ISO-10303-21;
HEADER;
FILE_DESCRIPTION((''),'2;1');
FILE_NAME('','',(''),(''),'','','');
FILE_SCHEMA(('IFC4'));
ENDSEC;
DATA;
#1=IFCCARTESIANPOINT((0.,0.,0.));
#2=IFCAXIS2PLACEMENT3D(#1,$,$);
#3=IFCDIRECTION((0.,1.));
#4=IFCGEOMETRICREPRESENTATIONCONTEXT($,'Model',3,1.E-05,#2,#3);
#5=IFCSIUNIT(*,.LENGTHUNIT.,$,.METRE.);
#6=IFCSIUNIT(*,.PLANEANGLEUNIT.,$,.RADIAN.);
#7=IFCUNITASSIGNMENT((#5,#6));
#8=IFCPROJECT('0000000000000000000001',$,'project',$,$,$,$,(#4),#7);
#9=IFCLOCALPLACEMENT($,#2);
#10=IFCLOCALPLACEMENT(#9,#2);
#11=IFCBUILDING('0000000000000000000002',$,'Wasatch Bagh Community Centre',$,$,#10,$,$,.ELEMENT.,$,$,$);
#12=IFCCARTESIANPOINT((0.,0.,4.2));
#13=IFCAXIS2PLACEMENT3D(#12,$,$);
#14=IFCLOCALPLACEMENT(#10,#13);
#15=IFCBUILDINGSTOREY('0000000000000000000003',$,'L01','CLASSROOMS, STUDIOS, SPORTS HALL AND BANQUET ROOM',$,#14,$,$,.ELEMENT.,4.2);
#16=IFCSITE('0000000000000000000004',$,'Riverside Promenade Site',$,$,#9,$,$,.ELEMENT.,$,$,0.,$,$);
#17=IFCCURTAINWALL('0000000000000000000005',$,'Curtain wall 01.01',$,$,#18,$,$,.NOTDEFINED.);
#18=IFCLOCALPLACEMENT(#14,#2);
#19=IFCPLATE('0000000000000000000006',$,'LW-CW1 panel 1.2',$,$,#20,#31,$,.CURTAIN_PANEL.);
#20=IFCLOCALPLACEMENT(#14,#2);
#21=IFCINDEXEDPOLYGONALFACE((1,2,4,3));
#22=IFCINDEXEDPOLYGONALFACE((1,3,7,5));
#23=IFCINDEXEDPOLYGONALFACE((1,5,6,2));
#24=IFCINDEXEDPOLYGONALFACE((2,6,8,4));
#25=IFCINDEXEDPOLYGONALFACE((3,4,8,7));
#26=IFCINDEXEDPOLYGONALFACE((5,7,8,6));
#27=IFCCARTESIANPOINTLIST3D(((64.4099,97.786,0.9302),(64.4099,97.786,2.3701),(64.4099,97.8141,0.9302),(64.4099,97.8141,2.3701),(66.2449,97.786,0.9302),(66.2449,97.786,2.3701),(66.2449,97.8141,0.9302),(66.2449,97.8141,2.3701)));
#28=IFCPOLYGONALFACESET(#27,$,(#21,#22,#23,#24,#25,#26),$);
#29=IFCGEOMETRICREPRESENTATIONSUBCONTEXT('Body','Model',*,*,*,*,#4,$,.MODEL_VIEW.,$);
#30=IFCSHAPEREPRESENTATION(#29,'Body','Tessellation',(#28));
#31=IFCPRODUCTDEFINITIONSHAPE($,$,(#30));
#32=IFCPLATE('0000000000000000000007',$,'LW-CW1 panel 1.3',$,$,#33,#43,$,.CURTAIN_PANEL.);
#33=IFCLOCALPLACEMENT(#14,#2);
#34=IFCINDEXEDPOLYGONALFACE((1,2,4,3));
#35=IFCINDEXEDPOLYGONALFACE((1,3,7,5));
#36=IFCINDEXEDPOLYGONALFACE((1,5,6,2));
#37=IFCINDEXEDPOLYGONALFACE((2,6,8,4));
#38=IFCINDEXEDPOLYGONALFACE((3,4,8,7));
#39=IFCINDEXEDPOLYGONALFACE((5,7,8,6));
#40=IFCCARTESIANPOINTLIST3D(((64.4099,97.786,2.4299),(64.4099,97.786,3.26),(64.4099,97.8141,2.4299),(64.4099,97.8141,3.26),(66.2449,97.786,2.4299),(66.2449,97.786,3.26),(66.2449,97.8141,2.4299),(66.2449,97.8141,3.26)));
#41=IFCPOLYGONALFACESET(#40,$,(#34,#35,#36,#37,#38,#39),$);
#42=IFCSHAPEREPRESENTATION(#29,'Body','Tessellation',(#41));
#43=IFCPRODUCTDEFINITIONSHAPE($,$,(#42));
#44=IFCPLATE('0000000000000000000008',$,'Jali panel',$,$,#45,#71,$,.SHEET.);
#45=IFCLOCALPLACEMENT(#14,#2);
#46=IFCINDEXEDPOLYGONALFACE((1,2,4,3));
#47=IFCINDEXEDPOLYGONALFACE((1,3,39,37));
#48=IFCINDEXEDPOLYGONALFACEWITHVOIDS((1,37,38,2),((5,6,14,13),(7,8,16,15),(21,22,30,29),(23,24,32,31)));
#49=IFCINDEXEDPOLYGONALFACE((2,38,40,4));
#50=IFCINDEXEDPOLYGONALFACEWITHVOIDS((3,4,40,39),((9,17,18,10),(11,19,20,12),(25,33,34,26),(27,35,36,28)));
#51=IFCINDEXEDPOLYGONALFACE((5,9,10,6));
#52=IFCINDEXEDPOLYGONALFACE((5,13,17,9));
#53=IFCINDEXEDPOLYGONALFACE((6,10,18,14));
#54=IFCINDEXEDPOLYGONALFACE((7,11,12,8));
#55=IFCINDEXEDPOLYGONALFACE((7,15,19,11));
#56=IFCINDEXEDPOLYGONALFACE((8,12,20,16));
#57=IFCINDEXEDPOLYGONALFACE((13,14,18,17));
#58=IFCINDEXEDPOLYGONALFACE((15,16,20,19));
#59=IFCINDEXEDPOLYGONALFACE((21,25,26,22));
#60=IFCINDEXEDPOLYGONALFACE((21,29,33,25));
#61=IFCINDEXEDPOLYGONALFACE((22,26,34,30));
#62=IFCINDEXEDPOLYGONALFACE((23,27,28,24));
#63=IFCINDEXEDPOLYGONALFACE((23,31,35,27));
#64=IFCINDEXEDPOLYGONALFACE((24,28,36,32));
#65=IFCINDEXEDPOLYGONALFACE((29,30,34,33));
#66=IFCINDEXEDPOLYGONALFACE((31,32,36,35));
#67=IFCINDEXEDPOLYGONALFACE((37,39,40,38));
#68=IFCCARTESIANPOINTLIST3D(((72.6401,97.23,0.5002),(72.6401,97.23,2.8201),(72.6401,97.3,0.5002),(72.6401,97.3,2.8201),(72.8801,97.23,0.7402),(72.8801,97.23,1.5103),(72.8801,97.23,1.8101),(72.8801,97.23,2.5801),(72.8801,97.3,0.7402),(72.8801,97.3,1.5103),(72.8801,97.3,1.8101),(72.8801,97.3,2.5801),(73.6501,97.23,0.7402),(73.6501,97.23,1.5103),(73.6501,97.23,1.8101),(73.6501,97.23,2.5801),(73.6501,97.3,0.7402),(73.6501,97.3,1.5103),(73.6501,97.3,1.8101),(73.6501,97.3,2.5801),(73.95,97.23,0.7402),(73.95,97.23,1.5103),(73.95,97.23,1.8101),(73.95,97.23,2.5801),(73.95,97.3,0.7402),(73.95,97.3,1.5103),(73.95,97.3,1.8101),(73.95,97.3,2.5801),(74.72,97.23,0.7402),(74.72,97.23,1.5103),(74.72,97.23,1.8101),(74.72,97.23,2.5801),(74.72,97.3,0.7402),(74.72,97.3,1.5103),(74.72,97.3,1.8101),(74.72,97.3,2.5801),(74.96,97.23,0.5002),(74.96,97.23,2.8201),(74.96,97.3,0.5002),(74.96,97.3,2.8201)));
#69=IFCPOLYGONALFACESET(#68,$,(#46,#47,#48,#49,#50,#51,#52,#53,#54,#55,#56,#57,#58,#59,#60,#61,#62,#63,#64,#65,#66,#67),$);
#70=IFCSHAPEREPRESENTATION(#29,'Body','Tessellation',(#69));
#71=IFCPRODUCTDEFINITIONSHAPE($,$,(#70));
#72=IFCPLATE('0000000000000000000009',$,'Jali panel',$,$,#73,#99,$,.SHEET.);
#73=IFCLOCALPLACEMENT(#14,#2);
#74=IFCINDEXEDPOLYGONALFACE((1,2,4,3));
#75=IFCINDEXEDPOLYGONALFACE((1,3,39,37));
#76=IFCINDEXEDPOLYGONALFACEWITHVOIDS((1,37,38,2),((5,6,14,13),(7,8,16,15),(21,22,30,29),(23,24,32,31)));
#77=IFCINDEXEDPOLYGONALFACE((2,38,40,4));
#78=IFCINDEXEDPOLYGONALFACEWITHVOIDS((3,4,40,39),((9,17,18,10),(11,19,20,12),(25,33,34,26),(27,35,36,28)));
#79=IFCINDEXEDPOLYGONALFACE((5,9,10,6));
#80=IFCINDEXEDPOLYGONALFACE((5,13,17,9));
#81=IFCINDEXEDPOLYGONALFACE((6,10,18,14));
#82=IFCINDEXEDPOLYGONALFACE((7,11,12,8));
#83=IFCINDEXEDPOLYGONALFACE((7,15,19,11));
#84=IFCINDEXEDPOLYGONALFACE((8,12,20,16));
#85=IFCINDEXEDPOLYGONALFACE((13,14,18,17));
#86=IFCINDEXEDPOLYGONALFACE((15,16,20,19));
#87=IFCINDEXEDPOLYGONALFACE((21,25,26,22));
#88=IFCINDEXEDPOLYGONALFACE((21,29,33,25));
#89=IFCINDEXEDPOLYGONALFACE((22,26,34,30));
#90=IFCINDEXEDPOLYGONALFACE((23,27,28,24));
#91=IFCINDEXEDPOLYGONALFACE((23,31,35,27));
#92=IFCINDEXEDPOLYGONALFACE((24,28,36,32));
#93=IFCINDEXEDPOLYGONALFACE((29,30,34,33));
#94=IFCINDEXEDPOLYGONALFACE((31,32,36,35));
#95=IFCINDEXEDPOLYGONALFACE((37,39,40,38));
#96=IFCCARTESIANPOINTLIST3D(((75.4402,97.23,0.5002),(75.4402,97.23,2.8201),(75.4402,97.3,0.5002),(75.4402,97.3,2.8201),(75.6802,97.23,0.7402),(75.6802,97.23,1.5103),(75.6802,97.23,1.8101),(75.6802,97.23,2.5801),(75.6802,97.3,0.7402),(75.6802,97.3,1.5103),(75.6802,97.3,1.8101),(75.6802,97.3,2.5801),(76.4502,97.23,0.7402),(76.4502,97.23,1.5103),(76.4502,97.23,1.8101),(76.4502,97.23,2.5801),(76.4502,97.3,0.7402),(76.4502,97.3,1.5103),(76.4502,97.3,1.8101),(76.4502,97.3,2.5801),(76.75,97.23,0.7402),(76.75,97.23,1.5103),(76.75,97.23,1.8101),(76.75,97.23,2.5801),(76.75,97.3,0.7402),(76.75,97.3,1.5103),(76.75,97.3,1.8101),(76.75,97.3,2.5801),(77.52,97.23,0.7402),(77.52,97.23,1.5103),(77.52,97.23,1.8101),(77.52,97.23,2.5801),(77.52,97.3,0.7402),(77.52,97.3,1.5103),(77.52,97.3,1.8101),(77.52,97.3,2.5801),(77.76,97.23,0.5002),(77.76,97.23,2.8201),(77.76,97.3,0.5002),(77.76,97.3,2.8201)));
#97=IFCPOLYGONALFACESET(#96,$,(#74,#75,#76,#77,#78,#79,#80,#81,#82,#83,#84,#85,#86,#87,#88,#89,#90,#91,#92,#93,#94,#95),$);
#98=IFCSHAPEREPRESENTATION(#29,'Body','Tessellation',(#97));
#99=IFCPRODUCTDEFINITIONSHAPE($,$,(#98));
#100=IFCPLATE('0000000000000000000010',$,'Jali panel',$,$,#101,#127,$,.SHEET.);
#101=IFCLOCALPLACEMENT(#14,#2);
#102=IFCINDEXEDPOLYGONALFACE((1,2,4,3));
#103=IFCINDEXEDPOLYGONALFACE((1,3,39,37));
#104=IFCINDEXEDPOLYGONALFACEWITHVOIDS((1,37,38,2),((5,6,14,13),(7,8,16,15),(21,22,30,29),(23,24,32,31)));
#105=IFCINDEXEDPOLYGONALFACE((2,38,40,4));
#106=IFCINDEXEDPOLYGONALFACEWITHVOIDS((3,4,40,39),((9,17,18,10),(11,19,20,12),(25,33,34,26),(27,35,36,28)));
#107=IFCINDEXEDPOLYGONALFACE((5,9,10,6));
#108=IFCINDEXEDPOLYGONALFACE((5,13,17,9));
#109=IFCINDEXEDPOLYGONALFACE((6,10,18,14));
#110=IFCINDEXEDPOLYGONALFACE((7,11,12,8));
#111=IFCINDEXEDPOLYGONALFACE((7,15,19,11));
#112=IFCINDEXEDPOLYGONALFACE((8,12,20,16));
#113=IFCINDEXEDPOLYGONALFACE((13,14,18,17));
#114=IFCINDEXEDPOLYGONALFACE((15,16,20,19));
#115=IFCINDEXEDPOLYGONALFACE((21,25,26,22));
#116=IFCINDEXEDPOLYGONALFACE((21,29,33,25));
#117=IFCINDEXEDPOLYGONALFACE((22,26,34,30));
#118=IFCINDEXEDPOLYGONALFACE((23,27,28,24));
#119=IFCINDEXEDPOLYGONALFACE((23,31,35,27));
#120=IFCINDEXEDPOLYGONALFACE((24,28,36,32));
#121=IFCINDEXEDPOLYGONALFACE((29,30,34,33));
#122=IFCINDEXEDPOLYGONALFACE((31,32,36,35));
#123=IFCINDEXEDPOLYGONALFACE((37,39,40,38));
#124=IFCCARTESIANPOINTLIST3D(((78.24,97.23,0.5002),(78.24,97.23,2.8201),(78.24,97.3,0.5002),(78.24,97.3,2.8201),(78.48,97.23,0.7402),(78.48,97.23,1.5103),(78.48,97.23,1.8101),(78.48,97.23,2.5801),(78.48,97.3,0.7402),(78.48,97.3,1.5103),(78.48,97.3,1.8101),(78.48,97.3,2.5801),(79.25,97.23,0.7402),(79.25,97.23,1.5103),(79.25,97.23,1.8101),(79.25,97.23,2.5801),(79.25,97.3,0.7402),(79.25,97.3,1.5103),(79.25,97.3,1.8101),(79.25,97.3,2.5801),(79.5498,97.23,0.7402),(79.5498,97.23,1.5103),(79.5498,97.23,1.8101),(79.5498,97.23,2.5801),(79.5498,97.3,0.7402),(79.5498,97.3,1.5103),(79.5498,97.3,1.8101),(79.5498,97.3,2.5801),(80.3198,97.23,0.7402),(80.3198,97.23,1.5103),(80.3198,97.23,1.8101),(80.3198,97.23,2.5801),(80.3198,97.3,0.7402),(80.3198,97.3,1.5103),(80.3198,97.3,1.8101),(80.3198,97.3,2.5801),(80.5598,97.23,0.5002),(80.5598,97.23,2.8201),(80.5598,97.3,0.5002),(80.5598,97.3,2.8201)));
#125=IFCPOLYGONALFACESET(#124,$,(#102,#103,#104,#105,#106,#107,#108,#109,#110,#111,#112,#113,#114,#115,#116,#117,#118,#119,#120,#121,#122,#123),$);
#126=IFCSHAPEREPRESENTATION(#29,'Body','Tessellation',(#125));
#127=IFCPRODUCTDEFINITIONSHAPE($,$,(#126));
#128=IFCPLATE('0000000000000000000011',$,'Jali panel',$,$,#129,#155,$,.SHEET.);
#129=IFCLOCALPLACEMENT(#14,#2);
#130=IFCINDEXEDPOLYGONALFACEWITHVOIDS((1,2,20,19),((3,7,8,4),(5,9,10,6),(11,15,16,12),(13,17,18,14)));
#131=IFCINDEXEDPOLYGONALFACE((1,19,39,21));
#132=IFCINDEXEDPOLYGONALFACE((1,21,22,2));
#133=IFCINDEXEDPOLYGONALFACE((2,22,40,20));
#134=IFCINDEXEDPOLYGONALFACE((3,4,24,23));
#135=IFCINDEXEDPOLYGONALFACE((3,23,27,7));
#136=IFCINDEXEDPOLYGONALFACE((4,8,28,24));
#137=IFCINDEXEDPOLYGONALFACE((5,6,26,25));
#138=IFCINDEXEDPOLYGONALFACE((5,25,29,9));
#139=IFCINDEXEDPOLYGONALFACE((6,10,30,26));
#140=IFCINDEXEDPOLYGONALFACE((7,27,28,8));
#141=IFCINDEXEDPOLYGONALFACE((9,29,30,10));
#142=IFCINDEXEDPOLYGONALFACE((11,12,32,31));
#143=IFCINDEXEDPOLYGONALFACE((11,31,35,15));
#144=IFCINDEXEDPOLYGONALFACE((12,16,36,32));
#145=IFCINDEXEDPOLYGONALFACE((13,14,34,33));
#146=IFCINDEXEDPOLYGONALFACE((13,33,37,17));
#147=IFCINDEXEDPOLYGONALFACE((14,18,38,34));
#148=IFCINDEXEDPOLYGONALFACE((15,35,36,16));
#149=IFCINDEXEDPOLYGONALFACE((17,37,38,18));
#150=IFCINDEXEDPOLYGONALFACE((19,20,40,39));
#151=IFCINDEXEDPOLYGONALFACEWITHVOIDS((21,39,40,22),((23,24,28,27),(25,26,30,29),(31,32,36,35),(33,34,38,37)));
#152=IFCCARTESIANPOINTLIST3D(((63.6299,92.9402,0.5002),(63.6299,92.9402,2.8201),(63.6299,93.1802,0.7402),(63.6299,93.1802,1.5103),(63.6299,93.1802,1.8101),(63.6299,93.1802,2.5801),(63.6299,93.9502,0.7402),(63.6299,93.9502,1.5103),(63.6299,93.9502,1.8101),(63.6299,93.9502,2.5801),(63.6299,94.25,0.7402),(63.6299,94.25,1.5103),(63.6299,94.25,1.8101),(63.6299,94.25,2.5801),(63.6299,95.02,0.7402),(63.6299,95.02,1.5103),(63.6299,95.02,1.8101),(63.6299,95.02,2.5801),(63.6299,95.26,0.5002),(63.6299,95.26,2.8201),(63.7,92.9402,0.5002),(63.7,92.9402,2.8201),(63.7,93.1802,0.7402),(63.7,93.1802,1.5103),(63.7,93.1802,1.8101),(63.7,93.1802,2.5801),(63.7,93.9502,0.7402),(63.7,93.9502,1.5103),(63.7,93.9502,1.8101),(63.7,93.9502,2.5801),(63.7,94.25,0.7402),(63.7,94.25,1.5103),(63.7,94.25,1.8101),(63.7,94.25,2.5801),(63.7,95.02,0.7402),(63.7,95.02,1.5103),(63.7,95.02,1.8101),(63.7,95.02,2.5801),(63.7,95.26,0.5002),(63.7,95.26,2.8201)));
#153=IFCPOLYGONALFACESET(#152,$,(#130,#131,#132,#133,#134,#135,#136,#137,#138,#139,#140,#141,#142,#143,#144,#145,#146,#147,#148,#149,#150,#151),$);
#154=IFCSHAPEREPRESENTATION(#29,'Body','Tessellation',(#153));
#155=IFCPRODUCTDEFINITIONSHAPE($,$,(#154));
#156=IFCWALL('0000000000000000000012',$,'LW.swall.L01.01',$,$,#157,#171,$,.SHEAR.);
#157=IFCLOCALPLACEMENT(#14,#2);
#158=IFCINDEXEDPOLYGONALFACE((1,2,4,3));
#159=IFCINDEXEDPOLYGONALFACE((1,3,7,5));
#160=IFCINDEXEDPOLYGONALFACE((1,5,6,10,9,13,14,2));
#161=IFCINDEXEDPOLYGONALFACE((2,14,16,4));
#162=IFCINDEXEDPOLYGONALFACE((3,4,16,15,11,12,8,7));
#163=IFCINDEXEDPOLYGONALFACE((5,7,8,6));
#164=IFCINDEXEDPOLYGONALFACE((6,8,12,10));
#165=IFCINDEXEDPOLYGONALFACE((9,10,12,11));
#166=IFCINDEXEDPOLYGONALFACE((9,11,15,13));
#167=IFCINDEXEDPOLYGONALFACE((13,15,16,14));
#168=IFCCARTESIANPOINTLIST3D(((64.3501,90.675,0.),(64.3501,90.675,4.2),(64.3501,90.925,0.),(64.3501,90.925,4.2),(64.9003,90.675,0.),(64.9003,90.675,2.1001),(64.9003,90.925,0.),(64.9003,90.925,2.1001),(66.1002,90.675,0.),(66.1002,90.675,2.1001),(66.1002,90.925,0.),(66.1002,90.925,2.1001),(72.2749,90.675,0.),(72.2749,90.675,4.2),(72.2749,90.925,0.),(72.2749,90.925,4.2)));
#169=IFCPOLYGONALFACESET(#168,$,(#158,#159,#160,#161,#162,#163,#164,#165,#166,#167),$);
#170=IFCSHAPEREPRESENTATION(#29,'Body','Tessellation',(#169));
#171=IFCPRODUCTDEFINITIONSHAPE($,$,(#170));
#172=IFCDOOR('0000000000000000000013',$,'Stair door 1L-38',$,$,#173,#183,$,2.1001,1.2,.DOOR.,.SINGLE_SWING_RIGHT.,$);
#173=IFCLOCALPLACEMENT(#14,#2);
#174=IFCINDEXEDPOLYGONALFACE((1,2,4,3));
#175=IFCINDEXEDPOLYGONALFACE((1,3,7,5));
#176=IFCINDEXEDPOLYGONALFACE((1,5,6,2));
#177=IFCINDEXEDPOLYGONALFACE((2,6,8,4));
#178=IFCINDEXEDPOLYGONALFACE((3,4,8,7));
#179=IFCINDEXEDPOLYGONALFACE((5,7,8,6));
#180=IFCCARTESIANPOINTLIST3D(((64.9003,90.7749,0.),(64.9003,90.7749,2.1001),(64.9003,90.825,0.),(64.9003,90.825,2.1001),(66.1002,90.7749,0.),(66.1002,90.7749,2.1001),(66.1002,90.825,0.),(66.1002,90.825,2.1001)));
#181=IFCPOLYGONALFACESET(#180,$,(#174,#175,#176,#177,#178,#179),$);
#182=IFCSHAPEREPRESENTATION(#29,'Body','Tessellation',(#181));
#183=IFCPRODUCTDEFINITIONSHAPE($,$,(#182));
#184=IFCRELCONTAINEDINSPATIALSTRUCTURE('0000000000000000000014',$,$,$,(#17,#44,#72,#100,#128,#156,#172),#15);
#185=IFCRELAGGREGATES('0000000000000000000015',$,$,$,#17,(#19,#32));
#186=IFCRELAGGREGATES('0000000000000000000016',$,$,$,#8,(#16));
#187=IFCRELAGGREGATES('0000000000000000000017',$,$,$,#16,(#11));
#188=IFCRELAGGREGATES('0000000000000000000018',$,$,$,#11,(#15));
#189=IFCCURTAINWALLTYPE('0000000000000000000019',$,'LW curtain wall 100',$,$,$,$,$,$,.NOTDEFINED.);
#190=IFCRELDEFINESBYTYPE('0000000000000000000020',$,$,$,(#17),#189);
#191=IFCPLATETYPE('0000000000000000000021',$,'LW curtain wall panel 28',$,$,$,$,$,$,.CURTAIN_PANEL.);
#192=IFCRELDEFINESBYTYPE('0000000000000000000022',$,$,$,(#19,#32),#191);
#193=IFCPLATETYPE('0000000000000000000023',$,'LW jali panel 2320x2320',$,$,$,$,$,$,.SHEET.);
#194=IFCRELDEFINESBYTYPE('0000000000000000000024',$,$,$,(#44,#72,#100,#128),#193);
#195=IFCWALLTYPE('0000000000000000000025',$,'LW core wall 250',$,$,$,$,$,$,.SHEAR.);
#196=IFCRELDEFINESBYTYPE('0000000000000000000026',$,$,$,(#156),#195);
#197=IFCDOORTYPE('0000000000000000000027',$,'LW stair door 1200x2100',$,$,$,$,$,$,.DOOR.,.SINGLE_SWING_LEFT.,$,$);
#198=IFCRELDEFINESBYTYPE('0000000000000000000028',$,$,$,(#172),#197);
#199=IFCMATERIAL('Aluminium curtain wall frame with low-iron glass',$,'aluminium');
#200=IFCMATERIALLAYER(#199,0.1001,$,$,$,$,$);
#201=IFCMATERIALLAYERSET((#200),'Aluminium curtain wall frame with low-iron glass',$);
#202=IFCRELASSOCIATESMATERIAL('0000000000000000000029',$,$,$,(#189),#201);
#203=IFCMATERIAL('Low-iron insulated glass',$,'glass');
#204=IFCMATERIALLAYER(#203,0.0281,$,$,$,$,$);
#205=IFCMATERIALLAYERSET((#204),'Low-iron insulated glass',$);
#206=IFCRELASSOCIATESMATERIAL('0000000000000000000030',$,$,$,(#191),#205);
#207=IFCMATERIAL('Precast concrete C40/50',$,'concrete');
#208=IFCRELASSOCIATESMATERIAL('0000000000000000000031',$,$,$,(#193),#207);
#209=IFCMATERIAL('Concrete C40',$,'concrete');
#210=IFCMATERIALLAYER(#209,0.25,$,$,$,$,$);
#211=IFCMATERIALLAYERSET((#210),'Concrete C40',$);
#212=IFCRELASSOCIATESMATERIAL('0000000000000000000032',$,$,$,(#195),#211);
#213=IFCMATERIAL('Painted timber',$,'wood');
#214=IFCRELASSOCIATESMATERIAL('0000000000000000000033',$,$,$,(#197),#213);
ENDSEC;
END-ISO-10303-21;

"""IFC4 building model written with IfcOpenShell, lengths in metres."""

from ifc_helpers import new_model, si_unit, direction, frame, frame_2d, origin, origin_2d, place, context, subcontext, project, spatial, polyline, rectangle, outline, extrude, material, layer, layer_set, material_profile, profile_set, type_object, element, fill, aggregate, save


model = new_model("IFC4")

# Units and contexts
model_context = context("Model", 3, precision=1e-05, world=origin(), true_north=direction((0.0, 1.0)))
body_context = subcontext(model_context, "Body", "Model", "MODEL_VIEW")
ifc_project = project(units=[si_unit("LENGTHUNIT", "METRE"), si_unit("PLANEANGLEUNIT", "RADIAN")], contexts=[model_context])

# Site, building, storey
site_placement = place(None, origin())
site = spatial("IfcSite", under=ifc_project, at=site_placement, Name="Riverside Promenade Site", CompositionType="ELEMENT", RefElevation=0.0)
building_placement = place(site_placement, origin())
building = spatial("IfcBuilding", under=site, at=building_placement, Name="Wasatch Bagh Community Centre", CompositionType="ELEMENT")
storey_placement = place(building_placement, frame((0.0, 0.0, 4.2)))
storey = spatial("IfcBuildingStorey", under=building, at=storey_placement, Name="L01", Description="CLASSROOMS, STUDIOS, SPORTS HALL AND BANQUET ROOM", CompositionType="ELEMENT", Elevation=4.2)

# Shared definitions
ifc_material_1 = material(Name="Concrete C40", Category="concrete")

# Curtain wall
ifc_material_2 = material(Name="Aluminium curtain wall frame with low-iron glass", Category="aluminium")
ifc_layer_1 = layer(ifc_material_2, 0.1001)
ifc_layer_set_1 = layer_set([ifc_layer_1], Name="Aluminium curtain wall frame with low-iron glass")
curtain_wall_type = type_object("IfcCurtainWallType", Name="LW curtain wall 100", PredefinedType="NOTDEFINED", material=ifc_layer_set_1)
curtain_wall_placement = place(storey_placement, origin())
curtain_wall = element("IfcCurtainWall", 1, at=curtain_wall_placement, inside=storey, type_object=curtain_wall_type, Name="Curtain wall 01.01", PredefinedType="NOTDEFINED")

# Plates
ifc_material_3 = material(Name="Low-iron insulated glass", Category="glass")
ifc_layer_2 = layer(ifc_material_3, 0.0281)
ifc_layer_set_2 = layer_set([ifc_layer_2], Name="Low-iron insulated glass")
plate_type_1 = type_object("IfcPlateType", Name="LW curtain wall panel 28", PredefinedType="CURTAIN_PANEL", material=ifc_layer_set_2)
plate_1_placement = place(storey_placement, frame((65.3274, 97.8, 0.9302), z_axis=(0.0, 0.0, 1.0), x_axis=(1.0, 0.0, 0.0)))
plate_1 = element("IfcPlate", 2, at=plate_1_placement, type_object=plate_type_1, Name="LW-CW1 panel 1.2", PredefinedType="CURTAIN_PANEL", context=body_context, shape_type="SweptSolid", body=[
    extrude(rectangle(XDim=1.835, YDim=0.0281, at=origin_2d()), origin(), (0.0, 0.0, 1.0), 1.4399),
])
plate_2_placement = place(storey_placement, frame((65.3274, 97.8, 2.4299), z_axis=(0.0, 0.0, 1.0), x_axis=(1.0, 0.0, 0.0)))
plate_2 = element("IfcPlate", 3, at=plate_2_placement, type_object=plate_type_1, Name="LW-CW1 panel 1.3", PredefinedType="CURTAIN_PANEL", context=body_context, shape_type="SweptSolid", body=[
    extrude(rectangle(XDim=1.835, YDim=0.0281, at=origin_2d()), origin(), (0.0, 0.0, 1.0), 0.8301),
])
aggregate(curtain_wall, [plate_1, plate_2])

# Plates
ifc_material_4 = material(Name="Precast concrete C40/50", Category="concrete")
ifc_material_profile_1 = material_profile(ifc_material_4, outline(polyline([(-1.1599, -1.1599), (1.1599, -1.1599), (1.1599, 1.1599), (-1.1599, 1.1599), (-1.1599, -1.1599)]), holes=[polyline([(-0.9199, -0.9199), (-0.1499, -0.9199), (-0.1499, -0.1499), (-0.9199, -0.1499), (-0.9199, -0.9199)]), polyline([(-0.9199, 0.1499), (-0.1499, 0.1499), (-0.1499, 0.9199), (-0.9199, 0.9199), (-0.9199, 0.1499)]), polyline([(0.1499, -0.9199), (0.9199, -0.9199), (0.9199, -0.1499), (0.1499, -0.1499), (0.1499, -0.9199)]), polyline([(0.1499, 0.1499), (0.9199, 0.1499), (0.9199, 0.9199), (0.1499, 0.9199), (0.1499, 0.1499)])]), Name="Jali lattice")
ifc_profile_set_1 = profile_set([ifc_material_profile_1], Name="Precast concrete C40/50")
plate_type_2 = type_object("IfcPlateType", Name="LW jali panel 2320x2320", PredefinedType="SHEET", material=ifc_profile_set_1)
for number, where, z_axis, x_axis, name in (
    (4, (73.8, 97.3, 1.6602), (0.0, -1.0, 0.0), (1.0, 0.0, 0.0), "Jali panel"),
    (5, (76.6001, 97.3, 1.6602), (0.0, -1.0, 0.0), (1.0, 0.0, 0.0), "Jali panel"),
    (6, (79.3999, 97.3, 1.6602), (0.0, -1.0, 0.0), (1.0, 0.0, 0.0), "Jali panel"),
    (7, (63.7, 94.1001, 1.6602), (-1.0, 0.0, 0.0), (0.0, -1.0, 0.0), "Jali panel"),
):
    element("IfcPlate", number, at=place(storey_placement, frame(where, z_axis=z_axis, x_axis=x_axis)), inside=storey, type_object=plate_type_2, Name=name, PredefinedType="SHEET", context=body_context, shape_type="SweptSolid", body=[
        extrude(outline(polyline([(-1.1599, -1.1599), (1.1599, -1.1599), (1.1599, 1.1599), (-1.1599, 1.1599), (-1.1599, -1.1599)]), holes=[polyline([(-0.9199, -0.9199), (-0.1499, -0.9199), (-0.1499, -0.1499), (-0.9199, -0.1499), (-0.9199, -0.9199)]), polyline([(-0.9199, 0.1499), (-0.1499, 0.1499), (-0.1499, 0.9199), (-0.9199, 0.9199), (-0.9199, 0.1499)]), polyline([(0.1499, -0.9199), (0.9199, -0.9199), (0.9199, -0.1499), (0.1499, -0.1499), (0.1499, -0.9199)]), polyline([(0.1499, 0.1499), (0.9199, 0.1499), (0.9199, 0.9199), (0.1499, 0.9199), (0.1499, 0.1499)])]), origin(), (0.0, 0.0, 1.0), 0.0701),
    ])

# Wall, opening, door
ifc_layer_3 = layer(ifc_material_1, 0.25)
ifc_layer_set_3 = layer_set([ifc_layer_3], Name="Concrete C40")
wall_type = type_object("IfcWallType", Name="LW core wall 250", PredefinedType="SHEAR", material=ifc_layer_set_3)
wall_1_placement = place(storey_placement, frame((64.3501, 90.8, 0.0), z_axis=(0.0, 0.0, 1.0), x_axis=(1.0, 0.0, 0.0)))
wall_1 = element("IfcWall", 8, at=wall_1_placement, inside=storey, type_object=wall_type, Name="LW.swall.L01.01", PredefinedType="SHEAR", context=body_context, shape_type="SweptSolid", body=[
    extrude(rectangle(XDim=7.9248, YDim=0.25, at=frame_2d((3.9624, 0.0))), origin(), (0.0, 0.0, 1.0), 4.2),
])
opening_1_placement = place(wall_1_placement, frame((0.55, 0.0, 0.0)))
opening_1 = element("IfcOpeningElement", 9, at=opening_1_placement, cuts=wall_1, PredefinedType="OPENING", context=body_context, shape_type="SweptSolid", body=[
    extrude(rectangle(XDim=1.2, YDim=2.1001, at=frame_2d((0.6001, 1.05))), frame((0.0, 0.135, 0.0), z_axis=(0.0, -1.0, 0.0), x_axis=(1.0, 0.0, 0.0)), (0.0, 0.0, 1.0), 0.27),
])
ifc_material_5 = material(Name="Painted timber", Category="wood")
door_type_1 = type_object("IfcDoorType", Name="LW stair door 1200x2100", OperationType="SINGLE_SWING_LEFT", PredefinedType="DOOR", material=ifc_material_5)
door_1_placement = place(opening_1_placement, origin())
door_1 = element("IfcDoor", 10, at=door_1_placement, inside=storey, type_object=door_type_1, Name="Stair door 1L-38", OperationType="SINGLE_SWING_RIGHT", OverallHeight=2.1001, OverallWidth=1.2, PredefinedType="DOOR", context=body_context, shape_type="SweptSolid", body=[
    extrude(rectangle(XDim=1.2, YDim=2.1001, at=frame_2d((0.6001, 1.05))), frame((0.0, 0.0249, 0.0), z_axis=(0.0, -1.0, 0.0), x_axis=(1.0, 0.0, 0.0)), (0.0, 0.0, 1.0), 0.05),
])
fill(opening_1, door_1)

save(model, "model.ifc")
